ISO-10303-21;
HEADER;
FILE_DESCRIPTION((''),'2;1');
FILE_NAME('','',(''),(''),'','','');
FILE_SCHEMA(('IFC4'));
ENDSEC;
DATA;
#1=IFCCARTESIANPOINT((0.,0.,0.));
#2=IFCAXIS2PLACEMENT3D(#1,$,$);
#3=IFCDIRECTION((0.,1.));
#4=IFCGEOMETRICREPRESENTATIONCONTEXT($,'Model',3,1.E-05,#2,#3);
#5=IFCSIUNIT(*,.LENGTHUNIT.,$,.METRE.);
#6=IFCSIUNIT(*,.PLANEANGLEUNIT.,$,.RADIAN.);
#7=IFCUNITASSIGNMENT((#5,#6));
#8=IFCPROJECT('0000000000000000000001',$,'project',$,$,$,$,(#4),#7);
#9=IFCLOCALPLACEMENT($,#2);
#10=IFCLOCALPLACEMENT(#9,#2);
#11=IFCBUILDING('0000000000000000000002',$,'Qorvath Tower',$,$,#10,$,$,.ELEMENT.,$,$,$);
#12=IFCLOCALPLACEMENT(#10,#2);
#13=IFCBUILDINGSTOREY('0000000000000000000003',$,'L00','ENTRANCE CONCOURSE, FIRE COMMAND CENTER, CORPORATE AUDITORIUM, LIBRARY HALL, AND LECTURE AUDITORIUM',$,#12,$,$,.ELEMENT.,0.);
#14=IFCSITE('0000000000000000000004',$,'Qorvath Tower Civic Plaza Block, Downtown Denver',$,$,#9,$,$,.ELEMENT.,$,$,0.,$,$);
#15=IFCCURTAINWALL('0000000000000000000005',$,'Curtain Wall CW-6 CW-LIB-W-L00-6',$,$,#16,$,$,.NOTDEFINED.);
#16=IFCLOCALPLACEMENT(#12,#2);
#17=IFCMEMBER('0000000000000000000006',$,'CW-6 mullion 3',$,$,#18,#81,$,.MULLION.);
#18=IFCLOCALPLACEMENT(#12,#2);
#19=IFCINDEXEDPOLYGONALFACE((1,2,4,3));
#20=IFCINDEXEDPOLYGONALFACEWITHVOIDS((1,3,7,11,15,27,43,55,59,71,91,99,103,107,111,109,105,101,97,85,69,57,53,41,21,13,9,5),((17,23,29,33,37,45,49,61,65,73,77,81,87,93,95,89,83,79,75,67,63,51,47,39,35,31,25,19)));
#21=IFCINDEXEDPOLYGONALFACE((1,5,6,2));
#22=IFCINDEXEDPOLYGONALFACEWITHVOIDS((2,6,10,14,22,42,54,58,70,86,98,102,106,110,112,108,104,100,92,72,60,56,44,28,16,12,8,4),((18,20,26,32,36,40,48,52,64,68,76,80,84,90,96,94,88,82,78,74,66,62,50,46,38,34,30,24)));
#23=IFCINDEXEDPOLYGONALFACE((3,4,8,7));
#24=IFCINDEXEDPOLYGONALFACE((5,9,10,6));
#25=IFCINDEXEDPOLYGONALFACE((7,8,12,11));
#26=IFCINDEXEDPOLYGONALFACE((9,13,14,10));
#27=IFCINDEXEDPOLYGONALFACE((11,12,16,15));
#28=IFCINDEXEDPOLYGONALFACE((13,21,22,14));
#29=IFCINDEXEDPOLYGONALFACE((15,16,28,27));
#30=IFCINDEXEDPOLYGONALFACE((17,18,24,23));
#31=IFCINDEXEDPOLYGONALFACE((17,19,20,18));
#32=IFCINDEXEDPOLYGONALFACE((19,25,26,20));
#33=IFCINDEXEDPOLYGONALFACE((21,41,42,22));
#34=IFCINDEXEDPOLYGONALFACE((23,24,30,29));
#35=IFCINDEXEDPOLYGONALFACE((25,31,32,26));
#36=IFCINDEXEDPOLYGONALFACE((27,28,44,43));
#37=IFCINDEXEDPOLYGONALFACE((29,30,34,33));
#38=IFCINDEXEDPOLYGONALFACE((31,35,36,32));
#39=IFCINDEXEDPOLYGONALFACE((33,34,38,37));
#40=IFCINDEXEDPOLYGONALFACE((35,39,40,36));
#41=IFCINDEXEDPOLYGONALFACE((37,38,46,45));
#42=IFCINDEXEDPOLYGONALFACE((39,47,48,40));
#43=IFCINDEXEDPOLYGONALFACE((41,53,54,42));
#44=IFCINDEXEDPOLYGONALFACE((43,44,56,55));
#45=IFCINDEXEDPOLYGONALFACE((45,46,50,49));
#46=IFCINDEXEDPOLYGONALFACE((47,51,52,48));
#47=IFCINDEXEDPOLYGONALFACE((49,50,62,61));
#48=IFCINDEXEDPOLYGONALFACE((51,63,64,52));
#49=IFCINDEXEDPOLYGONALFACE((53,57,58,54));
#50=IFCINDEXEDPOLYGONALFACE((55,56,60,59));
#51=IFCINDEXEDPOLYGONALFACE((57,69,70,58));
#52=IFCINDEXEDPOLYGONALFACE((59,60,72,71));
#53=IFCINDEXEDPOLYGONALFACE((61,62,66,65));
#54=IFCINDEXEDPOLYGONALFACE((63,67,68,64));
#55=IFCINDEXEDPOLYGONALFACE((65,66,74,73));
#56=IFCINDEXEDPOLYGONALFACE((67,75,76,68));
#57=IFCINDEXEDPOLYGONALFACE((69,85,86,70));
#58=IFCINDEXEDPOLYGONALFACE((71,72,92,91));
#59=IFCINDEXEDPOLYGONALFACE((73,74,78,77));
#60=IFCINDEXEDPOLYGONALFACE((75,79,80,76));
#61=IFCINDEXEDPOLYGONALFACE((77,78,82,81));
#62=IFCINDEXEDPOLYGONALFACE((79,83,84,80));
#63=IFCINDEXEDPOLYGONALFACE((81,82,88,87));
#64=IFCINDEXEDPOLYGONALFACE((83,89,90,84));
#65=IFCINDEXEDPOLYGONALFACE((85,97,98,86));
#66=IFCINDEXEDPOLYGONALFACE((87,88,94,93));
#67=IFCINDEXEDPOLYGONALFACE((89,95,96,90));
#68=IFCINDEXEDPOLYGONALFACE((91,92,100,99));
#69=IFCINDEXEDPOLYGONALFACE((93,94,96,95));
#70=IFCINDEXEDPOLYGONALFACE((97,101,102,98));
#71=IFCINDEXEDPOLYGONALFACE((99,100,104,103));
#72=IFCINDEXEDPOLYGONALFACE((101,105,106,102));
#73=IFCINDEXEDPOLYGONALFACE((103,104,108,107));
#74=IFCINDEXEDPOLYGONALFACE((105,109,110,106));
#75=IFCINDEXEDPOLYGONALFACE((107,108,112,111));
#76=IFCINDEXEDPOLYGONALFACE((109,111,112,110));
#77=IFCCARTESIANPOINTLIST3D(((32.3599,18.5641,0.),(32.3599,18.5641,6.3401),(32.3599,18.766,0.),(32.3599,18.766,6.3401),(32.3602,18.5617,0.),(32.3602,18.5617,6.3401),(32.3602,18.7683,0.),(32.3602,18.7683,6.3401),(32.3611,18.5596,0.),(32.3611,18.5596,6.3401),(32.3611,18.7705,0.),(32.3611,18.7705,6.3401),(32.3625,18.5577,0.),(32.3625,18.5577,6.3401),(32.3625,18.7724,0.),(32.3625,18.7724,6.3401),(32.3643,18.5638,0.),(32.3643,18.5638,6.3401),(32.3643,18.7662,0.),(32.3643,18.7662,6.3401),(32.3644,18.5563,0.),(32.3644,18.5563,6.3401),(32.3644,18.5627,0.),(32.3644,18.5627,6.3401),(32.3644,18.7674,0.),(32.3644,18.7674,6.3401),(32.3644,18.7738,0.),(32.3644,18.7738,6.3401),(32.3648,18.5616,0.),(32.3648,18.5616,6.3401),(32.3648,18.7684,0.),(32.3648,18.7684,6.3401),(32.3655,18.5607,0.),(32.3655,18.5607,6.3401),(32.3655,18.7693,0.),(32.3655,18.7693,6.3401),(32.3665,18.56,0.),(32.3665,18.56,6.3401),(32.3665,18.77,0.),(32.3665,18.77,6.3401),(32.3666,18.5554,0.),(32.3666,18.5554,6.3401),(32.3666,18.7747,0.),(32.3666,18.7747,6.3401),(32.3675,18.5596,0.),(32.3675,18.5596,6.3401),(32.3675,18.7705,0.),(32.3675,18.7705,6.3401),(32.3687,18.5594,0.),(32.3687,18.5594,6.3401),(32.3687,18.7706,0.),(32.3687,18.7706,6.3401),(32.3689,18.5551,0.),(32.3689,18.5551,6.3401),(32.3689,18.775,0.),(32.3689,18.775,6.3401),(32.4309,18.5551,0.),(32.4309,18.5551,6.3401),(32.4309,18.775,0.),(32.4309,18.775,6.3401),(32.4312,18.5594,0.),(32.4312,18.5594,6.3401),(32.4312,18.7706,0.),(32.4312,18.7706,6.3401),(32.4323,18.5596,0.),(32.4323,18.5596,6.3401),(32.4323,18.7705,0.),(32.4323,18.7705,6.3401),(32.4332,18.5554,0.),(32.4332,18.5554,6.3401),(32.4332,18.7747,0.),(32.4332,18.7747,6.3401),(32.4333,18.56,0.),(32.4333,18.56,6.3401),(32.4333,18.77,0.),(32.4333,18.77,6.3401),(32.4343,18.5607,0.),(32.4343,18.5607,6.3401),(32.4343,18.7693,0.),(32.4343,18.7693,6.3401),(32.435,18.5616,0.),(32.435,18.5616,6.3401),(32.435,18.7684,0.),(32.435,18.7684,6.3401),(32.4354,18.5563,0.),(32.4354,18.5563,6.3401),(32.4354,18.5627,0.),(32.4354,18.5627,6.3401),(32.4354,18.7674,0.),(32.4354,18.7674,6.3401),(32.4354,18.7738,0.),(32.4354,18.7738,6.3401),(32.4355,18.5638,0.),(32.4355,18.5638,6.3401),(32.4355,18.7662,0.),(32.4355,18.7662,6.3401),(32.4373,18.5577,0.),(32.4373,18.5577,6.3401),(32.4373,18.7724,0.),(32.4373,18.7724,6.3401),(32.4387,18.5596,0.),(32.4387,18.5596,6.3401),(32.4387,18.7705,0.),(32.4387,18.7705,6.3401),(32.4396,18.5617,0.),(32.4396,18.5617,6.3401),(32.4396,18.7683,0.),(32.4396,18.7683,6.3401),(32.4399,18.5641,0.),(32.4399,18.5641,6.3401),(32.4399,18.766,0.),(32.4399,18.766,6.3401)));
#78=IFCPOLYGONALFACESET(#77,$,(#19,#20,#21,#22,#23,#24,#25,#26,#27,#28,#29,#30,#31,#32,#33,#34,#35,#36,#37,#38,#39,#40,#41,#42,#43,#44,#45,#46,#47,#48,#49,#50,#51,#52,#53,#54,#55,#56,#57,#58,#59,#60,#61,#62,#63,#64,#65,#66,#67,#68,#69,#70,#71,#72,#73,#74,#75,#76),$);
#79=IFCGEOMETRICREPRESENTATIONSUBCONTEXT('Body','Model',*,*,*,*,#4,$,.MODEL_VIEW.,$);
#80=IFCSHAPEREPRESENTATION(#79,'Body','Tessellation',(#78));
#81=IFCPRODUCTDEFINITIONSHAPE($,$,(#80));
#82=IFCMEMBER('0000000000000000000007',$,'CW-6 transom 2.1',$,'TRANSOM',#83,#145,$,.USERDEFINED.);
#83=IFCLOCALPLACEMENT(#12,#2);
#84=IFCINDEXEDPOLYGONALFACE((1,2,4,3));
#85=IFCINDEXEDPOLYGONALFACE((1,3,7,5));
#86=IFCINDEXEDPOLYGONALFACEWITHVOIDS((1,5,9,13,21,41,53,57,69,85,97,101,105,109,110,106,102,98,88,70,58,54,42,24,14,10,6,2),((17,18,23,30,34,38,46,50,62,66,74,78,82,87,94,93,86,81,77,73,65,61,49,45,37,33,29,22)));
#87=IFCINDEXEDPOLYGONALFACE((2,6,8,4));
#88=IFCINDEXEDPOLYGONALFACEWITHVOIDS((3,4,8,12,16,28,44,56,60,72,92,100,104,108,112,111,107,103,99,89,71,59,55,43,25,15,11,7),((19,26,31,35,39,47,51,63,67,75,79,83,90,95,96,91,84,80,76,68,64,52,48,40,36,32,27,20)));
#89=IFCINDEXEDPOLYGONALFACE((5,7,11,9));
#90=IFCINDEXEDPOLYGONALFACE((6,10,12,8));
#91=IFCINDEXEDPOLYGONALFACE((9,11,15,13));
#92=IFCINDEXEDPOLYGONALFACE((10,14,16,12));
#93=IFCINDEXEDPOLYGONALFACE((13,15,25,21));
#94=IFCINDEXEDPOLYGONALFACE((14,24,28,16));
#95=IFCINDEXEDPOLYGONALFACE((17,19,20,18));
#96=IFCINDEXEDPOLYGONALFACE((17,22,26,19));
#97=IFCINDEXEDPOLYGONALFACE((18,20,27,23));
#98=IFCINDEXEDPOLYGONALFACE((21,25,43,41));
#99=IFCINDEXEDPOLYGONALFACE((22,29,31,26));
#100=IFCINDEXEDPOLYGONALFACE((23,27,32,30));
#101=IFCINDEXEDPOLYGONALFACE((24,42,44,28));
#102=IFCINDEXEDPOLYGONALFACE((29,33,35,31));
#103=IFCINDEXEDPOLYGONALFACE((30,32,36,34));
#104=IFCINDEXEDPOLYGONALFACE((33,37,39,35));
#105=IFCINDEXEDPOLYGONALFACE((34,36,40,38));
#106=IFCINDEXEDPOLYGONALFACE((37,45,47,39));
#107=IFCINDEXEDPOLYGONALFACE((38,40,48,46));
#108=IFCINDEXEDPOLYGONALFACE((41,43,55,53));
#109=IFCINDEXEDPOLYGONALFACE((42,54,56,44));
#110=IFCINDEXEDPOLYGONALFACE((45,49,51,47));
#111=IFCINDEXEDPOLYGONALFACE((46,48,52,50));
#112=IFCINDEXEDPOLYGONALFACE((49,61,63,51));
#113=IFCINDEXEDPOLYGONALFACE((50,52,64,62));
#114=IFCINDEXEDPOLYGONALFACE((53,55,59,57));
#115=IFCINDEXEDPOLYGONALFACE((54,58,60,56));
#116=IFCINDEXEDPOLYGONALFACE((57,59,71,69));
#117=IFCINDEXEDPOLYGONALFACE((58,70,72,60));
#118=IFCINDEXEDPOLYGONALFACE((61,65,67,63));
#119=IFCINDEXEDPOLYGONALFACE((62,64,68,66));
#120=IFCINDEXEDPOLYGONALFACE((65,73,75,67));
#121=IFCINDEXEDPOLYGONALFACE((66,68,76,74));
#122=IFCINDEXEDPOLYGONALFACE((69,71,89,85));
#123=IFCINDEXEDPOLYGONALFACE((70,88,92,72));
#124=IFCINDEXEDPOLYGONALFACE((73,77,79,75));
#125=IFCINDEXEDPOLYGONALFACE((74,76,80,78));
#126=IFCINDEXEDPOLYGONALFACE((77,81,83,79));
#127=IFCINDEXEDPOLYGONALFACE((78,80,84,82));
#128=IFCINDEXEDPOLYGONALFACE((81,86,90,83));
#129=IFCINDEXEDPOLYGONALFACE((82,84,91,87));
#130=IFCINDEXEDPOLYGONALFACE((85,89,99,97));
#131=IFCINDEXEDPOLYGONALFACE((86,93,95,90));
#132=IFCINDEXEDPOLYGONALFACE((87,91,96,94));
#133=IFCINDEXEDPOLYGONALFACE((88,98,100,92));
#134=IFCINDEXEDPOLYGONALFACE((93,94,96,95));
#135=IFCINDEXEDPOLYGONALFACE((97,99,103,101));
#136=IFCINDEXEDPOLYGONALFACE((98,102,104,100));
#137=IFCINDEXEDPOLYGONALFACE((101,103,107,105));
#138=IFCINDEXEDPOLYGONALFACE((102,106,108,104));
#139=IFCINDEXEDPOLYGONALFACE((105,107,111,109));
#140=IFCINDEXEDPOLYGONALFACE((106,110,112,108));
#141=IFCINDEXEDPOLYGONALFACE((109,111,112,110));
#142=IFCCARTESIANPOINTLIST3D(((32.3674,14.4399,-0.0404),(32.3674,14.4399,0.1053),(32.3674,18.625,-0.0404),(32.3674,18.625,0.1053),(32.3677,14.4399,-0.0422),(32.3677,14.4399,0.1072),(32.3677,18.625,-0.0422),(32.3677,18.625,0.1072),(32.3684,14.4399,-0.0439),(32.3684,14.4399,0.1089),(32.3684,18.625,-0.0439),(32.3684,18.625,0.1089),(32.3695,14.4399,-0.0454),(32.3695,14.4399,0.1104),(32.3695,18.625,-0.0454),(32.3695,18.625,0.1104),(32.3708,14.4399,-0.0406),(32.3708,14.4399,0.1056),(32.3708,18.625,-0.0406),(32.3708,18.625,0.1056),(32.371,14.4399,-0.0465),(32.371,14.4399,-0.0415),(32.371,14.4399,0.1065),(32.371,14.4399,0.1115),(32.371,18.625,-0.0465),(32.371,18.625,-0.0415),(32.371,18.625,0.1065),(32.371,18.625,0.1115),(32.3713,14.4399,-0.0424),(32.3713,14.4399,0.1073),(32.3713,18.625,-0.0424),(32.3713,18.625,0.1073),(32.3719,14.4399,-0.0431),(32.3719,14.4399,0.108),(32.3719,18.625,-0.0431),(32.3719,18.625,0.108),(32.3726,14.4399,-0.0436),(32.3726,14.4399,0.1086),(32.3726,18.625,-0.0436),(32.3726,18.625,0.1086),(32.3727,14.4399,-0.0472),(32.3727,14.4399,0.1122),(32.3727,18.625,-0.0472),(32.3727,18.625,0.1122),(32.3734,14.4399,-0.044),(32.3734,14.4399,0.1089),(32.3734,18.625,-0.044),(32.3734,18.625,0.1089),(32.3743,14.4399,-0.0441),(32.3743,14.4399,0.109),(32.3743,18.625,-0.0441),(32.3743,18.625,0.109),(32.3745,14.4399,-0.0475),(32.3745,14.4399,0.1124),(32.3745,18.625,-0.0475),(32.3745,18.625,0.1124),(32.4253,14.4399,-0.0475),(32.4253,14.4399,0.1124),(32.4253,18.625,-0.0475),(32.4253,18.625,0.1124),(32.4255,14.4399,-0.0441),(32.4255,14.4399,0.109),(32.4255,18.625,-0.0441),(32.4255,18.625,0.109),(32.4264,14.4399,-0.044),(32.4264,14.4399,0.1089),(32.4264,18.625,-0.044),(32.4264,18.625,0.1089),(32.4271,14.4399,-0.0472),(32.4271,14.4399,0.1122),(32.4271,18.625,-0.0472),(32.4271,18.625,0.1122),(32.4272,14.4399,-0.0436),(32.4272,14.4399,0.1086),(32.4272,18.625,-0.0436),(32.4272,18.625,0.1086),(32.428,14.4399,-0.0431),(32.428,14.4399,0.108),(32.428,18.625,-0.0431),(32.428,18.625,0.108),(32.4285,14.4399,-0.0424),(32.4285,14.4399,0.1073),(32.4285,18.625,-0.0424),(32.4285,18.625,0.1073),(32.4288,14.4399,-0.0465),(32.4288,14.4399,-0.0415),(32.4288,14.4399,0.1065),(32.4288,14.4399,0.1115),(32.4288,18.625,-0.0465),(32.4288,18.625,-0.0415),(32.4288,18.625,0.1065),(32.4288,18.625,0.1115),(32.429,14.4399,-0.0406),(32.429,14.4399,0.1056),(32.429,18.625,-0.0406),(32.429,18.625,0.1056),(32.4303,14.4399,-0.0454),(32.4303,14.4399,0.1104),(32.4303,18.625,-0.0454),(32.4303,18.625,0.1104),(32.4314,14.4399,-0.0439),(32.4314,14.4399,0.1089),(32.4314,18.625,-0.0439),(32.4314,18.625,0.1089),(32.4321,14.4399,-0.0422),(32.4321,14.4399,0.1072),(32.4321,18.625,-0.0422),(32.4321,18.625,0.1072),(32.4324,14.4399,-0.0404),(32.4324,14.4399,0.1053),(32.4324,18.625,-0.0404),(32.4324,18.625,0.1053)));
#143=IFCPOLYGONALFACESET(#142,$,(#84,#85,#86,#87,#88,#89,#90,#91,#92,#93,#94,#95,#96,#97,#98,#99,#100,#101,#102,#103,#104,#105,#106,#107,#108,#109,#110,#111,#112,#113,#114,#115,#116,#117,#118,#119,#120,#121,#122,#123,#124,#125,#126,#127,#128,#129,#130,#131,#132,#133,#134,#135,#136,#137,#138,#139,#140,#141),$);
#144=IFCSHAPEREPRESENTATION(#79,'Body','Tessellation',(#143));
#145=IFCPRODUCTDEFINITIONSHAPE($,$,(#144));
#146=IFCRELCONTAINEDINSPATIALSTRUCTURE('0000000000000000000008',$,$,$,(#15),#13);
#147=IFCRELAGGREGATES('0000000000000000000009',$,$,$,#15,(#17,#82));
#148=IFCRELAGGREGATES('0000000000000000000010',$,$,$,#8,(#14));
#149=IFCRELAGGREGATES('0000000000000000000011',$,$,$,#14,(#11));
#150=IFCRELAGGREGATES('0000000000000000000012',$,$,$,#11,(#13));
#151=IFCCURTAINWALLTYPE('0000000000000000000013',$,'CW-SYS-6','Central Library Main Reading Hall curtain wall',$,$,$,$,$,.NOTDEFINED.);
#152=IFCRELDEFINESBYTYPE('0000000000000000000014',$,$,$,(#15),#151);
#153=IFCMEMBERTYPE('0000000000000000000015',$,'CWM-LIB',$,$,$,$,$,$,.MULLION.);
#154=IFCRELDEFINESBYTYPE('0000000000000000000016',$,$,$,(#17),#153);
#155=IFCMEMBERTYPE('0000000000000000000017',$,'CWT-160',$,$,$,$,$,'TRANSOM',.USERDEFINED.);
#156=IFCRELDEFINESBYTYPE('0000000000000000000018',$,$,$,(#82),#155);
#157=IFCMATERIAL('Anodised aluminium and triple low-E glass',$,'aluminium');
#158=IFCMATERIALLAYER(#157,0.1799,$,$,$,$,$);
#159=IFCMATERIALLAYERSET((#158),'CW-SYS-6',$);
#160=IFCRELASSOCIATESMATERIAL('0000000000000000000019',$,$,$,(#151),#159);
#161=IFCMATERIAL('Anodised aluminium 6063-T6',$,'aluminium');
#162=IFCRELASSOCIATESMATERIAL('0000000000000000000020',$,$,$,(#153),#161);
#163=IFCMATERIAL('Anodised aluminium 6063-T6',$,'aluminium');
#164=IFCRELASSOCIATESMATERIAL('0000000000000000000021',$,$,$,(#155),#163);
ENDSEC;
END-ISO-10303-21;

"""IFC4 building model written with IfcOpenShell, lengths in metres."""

from ifc_helpers import new_model, si_unit, direction, frame, origin, origin_2d, place, context, subcontext, project, spatial, hollow_rectangle, extrude, material, layer, layer_set, material_profile, profile_set, type_object, element, aggregate, save


model = new_model("IFC4")

# Units and contexts
model_context = context("Model", 3, precision=1e-05, world=origin(), true_north=direction((0.0, 1.0)))
body_context = subcontext(model_context, "Body", "Model", "MODEL_VIEW")
ifc_project = project(units=[si_unit("LENGTHUNIT", "METRE"), si_unit("PLANEANGLEUNIT", "RADIAN")], contexts=[model_context])

# Site, building, storey
site_placement = place(None, origin())
site = spatial("IfcSite", under=ifc_project, at=site_placement, Name="Qorvath Tower Civic Plaza Block, Downtown Denver", CompositionType="ELEMENT", RefElevation=0.0)
building_placement = place(site_placement, origin())
building = spatial("IfcBuilding", under=site, at=building_placement, Name="Qorvath Tower", CompositionType="ELEMENT")
storey_placement = place(building_placement, origin())
storey = spatial("IfcBuildingStorey", under=building, at=storey_placement, Name="L00", Description="ENTRANCE CONCOURSE, FIRE COMMAND CENTER, CORPORATE AUDITORIUM, LIBRARY HALL, AND LECTURE AUDITORIUM", CompositionType="ELEMENT", Elevation=0.0)

# Curtain wall, members
ifc_material_1 = material(Name="Anodised aluminium and triple low-E glass", Category="aluminium")
ifc_layer_1 = layer(ifc_material_1, 0.1799)
ifc_layer_set_1 = layer_set([ifc_layer_1], Name="CW-SYS-6")
curtain_wall_type = type_object("IfcCurtainWallType", Name="CW-SYS-6", Description="Central Library Main Reading Hall curtain wall", PredefinedType="NOTDEFINED", material=ifc_layer_set_1)
curtain_wall_placement = place(storey_placement, origin())
curtain_wall = element("IfcCurtainWall", 1, at=curtain_wall_placement, inside=storey, type_object=curtain_wall_type, Name="Curtain Wall CW-6 CW-LIB-W-L00-6", PredefinedType="NOTDEFINED")
ifc_material_2 = material(Name="Anodised aluminium 6063-T6", Category="aluminium")
ifc_material_profile_1 = material_profile(ifc_material_2, hollow_rectangle(XDim=0.0801, YDim=0.22, WallThickness=0.0044, InnerFilletRadius=0.0044, OuterFilletRadius=0.009, at=origin_2d()), Name="CWM LIB 220x80")
ifc_profile_set_1 = profile_set([ifc_material_profile_1], Name="Anodised aluminium 6063-T6")
member_type_1 = type_object("IfcMemberType", Name="CWM-LIB", PredefinedType="MULLION", material=ifc_profile_set_1)
member_1_placement = place(storey_placement, frame((32.3999, 18.665, 0.0), z_axis=(0.0, 0.0, 1.0), x_axis=(-1.0, 0.0, 0.0)))
member_1 = element("IfcMember", 2, at=member_1_placement, type_object=member_type_1, Name="CW-6 mullion 3", PredefinedType="MULLION", context=body_context, shape_type="SweptSolid", body=[
    extrude(hollow_rectangle(XDim=0.0801, YDim=0.22, WallThickness=0.0044, InnerFilletRadius=0.0044, OuterFilletRadius=0.009, at=origin_2d()), origin(), (0.0, 0.0, 1.0), 6.3401),
])
ifc_material_3 = material(Name="Anodised aluminium 6063-T6", Category="aluminium")
ifc_material_profile_2 = material_profile(ifc_material_3, hollow_rectangle(XDim=0.0649, YDim=0.1599, WallThickness=0.0034, InnerFilletRadius=0.0034, OuterFilletRadius=0.0071, at=origin_2d()), Name="CWT 160x65")
ifc_profile_set_2 = profile_set([ifc_material_profile_2], Name="Anodised aluminium 6063-T6")
member_type_2 = type_object("IfcMemberType", Name="CWT-160", ElementType="TRANSOM", PredefinedType="USERDEFINED", material=ifc_profile_set_2)
member_2_placement = place(storey_placement, frame((32.3999, 14.4399, 0.0325), z_axis=(0.0, 1.0, 0.0), x_axis=(-1.0, 0.0, 0.0)))
member_2 = element("IfcMember", 3, at=member_2_placement, type_object=member_type_2, Name="CW-6 transom 2.1", ObjectType="TRANSOM", PredefinedType="USERDEFINED", context=body_context, shape_type="SweptSolid", body=[
    extrude(hollow_rectangle(XDim=0.0649, YDim=0.1599, WallThickness=0.0034, InnerFilletRadius=0.0034, OuterFilletRadius=0.0071, at=origin_2d()), origin(), (0.0, 0.0, 1.0), 4.1851),
])

aggregate(curtain_wall, [member_1, member_2])

save(model, "model.ifc")
